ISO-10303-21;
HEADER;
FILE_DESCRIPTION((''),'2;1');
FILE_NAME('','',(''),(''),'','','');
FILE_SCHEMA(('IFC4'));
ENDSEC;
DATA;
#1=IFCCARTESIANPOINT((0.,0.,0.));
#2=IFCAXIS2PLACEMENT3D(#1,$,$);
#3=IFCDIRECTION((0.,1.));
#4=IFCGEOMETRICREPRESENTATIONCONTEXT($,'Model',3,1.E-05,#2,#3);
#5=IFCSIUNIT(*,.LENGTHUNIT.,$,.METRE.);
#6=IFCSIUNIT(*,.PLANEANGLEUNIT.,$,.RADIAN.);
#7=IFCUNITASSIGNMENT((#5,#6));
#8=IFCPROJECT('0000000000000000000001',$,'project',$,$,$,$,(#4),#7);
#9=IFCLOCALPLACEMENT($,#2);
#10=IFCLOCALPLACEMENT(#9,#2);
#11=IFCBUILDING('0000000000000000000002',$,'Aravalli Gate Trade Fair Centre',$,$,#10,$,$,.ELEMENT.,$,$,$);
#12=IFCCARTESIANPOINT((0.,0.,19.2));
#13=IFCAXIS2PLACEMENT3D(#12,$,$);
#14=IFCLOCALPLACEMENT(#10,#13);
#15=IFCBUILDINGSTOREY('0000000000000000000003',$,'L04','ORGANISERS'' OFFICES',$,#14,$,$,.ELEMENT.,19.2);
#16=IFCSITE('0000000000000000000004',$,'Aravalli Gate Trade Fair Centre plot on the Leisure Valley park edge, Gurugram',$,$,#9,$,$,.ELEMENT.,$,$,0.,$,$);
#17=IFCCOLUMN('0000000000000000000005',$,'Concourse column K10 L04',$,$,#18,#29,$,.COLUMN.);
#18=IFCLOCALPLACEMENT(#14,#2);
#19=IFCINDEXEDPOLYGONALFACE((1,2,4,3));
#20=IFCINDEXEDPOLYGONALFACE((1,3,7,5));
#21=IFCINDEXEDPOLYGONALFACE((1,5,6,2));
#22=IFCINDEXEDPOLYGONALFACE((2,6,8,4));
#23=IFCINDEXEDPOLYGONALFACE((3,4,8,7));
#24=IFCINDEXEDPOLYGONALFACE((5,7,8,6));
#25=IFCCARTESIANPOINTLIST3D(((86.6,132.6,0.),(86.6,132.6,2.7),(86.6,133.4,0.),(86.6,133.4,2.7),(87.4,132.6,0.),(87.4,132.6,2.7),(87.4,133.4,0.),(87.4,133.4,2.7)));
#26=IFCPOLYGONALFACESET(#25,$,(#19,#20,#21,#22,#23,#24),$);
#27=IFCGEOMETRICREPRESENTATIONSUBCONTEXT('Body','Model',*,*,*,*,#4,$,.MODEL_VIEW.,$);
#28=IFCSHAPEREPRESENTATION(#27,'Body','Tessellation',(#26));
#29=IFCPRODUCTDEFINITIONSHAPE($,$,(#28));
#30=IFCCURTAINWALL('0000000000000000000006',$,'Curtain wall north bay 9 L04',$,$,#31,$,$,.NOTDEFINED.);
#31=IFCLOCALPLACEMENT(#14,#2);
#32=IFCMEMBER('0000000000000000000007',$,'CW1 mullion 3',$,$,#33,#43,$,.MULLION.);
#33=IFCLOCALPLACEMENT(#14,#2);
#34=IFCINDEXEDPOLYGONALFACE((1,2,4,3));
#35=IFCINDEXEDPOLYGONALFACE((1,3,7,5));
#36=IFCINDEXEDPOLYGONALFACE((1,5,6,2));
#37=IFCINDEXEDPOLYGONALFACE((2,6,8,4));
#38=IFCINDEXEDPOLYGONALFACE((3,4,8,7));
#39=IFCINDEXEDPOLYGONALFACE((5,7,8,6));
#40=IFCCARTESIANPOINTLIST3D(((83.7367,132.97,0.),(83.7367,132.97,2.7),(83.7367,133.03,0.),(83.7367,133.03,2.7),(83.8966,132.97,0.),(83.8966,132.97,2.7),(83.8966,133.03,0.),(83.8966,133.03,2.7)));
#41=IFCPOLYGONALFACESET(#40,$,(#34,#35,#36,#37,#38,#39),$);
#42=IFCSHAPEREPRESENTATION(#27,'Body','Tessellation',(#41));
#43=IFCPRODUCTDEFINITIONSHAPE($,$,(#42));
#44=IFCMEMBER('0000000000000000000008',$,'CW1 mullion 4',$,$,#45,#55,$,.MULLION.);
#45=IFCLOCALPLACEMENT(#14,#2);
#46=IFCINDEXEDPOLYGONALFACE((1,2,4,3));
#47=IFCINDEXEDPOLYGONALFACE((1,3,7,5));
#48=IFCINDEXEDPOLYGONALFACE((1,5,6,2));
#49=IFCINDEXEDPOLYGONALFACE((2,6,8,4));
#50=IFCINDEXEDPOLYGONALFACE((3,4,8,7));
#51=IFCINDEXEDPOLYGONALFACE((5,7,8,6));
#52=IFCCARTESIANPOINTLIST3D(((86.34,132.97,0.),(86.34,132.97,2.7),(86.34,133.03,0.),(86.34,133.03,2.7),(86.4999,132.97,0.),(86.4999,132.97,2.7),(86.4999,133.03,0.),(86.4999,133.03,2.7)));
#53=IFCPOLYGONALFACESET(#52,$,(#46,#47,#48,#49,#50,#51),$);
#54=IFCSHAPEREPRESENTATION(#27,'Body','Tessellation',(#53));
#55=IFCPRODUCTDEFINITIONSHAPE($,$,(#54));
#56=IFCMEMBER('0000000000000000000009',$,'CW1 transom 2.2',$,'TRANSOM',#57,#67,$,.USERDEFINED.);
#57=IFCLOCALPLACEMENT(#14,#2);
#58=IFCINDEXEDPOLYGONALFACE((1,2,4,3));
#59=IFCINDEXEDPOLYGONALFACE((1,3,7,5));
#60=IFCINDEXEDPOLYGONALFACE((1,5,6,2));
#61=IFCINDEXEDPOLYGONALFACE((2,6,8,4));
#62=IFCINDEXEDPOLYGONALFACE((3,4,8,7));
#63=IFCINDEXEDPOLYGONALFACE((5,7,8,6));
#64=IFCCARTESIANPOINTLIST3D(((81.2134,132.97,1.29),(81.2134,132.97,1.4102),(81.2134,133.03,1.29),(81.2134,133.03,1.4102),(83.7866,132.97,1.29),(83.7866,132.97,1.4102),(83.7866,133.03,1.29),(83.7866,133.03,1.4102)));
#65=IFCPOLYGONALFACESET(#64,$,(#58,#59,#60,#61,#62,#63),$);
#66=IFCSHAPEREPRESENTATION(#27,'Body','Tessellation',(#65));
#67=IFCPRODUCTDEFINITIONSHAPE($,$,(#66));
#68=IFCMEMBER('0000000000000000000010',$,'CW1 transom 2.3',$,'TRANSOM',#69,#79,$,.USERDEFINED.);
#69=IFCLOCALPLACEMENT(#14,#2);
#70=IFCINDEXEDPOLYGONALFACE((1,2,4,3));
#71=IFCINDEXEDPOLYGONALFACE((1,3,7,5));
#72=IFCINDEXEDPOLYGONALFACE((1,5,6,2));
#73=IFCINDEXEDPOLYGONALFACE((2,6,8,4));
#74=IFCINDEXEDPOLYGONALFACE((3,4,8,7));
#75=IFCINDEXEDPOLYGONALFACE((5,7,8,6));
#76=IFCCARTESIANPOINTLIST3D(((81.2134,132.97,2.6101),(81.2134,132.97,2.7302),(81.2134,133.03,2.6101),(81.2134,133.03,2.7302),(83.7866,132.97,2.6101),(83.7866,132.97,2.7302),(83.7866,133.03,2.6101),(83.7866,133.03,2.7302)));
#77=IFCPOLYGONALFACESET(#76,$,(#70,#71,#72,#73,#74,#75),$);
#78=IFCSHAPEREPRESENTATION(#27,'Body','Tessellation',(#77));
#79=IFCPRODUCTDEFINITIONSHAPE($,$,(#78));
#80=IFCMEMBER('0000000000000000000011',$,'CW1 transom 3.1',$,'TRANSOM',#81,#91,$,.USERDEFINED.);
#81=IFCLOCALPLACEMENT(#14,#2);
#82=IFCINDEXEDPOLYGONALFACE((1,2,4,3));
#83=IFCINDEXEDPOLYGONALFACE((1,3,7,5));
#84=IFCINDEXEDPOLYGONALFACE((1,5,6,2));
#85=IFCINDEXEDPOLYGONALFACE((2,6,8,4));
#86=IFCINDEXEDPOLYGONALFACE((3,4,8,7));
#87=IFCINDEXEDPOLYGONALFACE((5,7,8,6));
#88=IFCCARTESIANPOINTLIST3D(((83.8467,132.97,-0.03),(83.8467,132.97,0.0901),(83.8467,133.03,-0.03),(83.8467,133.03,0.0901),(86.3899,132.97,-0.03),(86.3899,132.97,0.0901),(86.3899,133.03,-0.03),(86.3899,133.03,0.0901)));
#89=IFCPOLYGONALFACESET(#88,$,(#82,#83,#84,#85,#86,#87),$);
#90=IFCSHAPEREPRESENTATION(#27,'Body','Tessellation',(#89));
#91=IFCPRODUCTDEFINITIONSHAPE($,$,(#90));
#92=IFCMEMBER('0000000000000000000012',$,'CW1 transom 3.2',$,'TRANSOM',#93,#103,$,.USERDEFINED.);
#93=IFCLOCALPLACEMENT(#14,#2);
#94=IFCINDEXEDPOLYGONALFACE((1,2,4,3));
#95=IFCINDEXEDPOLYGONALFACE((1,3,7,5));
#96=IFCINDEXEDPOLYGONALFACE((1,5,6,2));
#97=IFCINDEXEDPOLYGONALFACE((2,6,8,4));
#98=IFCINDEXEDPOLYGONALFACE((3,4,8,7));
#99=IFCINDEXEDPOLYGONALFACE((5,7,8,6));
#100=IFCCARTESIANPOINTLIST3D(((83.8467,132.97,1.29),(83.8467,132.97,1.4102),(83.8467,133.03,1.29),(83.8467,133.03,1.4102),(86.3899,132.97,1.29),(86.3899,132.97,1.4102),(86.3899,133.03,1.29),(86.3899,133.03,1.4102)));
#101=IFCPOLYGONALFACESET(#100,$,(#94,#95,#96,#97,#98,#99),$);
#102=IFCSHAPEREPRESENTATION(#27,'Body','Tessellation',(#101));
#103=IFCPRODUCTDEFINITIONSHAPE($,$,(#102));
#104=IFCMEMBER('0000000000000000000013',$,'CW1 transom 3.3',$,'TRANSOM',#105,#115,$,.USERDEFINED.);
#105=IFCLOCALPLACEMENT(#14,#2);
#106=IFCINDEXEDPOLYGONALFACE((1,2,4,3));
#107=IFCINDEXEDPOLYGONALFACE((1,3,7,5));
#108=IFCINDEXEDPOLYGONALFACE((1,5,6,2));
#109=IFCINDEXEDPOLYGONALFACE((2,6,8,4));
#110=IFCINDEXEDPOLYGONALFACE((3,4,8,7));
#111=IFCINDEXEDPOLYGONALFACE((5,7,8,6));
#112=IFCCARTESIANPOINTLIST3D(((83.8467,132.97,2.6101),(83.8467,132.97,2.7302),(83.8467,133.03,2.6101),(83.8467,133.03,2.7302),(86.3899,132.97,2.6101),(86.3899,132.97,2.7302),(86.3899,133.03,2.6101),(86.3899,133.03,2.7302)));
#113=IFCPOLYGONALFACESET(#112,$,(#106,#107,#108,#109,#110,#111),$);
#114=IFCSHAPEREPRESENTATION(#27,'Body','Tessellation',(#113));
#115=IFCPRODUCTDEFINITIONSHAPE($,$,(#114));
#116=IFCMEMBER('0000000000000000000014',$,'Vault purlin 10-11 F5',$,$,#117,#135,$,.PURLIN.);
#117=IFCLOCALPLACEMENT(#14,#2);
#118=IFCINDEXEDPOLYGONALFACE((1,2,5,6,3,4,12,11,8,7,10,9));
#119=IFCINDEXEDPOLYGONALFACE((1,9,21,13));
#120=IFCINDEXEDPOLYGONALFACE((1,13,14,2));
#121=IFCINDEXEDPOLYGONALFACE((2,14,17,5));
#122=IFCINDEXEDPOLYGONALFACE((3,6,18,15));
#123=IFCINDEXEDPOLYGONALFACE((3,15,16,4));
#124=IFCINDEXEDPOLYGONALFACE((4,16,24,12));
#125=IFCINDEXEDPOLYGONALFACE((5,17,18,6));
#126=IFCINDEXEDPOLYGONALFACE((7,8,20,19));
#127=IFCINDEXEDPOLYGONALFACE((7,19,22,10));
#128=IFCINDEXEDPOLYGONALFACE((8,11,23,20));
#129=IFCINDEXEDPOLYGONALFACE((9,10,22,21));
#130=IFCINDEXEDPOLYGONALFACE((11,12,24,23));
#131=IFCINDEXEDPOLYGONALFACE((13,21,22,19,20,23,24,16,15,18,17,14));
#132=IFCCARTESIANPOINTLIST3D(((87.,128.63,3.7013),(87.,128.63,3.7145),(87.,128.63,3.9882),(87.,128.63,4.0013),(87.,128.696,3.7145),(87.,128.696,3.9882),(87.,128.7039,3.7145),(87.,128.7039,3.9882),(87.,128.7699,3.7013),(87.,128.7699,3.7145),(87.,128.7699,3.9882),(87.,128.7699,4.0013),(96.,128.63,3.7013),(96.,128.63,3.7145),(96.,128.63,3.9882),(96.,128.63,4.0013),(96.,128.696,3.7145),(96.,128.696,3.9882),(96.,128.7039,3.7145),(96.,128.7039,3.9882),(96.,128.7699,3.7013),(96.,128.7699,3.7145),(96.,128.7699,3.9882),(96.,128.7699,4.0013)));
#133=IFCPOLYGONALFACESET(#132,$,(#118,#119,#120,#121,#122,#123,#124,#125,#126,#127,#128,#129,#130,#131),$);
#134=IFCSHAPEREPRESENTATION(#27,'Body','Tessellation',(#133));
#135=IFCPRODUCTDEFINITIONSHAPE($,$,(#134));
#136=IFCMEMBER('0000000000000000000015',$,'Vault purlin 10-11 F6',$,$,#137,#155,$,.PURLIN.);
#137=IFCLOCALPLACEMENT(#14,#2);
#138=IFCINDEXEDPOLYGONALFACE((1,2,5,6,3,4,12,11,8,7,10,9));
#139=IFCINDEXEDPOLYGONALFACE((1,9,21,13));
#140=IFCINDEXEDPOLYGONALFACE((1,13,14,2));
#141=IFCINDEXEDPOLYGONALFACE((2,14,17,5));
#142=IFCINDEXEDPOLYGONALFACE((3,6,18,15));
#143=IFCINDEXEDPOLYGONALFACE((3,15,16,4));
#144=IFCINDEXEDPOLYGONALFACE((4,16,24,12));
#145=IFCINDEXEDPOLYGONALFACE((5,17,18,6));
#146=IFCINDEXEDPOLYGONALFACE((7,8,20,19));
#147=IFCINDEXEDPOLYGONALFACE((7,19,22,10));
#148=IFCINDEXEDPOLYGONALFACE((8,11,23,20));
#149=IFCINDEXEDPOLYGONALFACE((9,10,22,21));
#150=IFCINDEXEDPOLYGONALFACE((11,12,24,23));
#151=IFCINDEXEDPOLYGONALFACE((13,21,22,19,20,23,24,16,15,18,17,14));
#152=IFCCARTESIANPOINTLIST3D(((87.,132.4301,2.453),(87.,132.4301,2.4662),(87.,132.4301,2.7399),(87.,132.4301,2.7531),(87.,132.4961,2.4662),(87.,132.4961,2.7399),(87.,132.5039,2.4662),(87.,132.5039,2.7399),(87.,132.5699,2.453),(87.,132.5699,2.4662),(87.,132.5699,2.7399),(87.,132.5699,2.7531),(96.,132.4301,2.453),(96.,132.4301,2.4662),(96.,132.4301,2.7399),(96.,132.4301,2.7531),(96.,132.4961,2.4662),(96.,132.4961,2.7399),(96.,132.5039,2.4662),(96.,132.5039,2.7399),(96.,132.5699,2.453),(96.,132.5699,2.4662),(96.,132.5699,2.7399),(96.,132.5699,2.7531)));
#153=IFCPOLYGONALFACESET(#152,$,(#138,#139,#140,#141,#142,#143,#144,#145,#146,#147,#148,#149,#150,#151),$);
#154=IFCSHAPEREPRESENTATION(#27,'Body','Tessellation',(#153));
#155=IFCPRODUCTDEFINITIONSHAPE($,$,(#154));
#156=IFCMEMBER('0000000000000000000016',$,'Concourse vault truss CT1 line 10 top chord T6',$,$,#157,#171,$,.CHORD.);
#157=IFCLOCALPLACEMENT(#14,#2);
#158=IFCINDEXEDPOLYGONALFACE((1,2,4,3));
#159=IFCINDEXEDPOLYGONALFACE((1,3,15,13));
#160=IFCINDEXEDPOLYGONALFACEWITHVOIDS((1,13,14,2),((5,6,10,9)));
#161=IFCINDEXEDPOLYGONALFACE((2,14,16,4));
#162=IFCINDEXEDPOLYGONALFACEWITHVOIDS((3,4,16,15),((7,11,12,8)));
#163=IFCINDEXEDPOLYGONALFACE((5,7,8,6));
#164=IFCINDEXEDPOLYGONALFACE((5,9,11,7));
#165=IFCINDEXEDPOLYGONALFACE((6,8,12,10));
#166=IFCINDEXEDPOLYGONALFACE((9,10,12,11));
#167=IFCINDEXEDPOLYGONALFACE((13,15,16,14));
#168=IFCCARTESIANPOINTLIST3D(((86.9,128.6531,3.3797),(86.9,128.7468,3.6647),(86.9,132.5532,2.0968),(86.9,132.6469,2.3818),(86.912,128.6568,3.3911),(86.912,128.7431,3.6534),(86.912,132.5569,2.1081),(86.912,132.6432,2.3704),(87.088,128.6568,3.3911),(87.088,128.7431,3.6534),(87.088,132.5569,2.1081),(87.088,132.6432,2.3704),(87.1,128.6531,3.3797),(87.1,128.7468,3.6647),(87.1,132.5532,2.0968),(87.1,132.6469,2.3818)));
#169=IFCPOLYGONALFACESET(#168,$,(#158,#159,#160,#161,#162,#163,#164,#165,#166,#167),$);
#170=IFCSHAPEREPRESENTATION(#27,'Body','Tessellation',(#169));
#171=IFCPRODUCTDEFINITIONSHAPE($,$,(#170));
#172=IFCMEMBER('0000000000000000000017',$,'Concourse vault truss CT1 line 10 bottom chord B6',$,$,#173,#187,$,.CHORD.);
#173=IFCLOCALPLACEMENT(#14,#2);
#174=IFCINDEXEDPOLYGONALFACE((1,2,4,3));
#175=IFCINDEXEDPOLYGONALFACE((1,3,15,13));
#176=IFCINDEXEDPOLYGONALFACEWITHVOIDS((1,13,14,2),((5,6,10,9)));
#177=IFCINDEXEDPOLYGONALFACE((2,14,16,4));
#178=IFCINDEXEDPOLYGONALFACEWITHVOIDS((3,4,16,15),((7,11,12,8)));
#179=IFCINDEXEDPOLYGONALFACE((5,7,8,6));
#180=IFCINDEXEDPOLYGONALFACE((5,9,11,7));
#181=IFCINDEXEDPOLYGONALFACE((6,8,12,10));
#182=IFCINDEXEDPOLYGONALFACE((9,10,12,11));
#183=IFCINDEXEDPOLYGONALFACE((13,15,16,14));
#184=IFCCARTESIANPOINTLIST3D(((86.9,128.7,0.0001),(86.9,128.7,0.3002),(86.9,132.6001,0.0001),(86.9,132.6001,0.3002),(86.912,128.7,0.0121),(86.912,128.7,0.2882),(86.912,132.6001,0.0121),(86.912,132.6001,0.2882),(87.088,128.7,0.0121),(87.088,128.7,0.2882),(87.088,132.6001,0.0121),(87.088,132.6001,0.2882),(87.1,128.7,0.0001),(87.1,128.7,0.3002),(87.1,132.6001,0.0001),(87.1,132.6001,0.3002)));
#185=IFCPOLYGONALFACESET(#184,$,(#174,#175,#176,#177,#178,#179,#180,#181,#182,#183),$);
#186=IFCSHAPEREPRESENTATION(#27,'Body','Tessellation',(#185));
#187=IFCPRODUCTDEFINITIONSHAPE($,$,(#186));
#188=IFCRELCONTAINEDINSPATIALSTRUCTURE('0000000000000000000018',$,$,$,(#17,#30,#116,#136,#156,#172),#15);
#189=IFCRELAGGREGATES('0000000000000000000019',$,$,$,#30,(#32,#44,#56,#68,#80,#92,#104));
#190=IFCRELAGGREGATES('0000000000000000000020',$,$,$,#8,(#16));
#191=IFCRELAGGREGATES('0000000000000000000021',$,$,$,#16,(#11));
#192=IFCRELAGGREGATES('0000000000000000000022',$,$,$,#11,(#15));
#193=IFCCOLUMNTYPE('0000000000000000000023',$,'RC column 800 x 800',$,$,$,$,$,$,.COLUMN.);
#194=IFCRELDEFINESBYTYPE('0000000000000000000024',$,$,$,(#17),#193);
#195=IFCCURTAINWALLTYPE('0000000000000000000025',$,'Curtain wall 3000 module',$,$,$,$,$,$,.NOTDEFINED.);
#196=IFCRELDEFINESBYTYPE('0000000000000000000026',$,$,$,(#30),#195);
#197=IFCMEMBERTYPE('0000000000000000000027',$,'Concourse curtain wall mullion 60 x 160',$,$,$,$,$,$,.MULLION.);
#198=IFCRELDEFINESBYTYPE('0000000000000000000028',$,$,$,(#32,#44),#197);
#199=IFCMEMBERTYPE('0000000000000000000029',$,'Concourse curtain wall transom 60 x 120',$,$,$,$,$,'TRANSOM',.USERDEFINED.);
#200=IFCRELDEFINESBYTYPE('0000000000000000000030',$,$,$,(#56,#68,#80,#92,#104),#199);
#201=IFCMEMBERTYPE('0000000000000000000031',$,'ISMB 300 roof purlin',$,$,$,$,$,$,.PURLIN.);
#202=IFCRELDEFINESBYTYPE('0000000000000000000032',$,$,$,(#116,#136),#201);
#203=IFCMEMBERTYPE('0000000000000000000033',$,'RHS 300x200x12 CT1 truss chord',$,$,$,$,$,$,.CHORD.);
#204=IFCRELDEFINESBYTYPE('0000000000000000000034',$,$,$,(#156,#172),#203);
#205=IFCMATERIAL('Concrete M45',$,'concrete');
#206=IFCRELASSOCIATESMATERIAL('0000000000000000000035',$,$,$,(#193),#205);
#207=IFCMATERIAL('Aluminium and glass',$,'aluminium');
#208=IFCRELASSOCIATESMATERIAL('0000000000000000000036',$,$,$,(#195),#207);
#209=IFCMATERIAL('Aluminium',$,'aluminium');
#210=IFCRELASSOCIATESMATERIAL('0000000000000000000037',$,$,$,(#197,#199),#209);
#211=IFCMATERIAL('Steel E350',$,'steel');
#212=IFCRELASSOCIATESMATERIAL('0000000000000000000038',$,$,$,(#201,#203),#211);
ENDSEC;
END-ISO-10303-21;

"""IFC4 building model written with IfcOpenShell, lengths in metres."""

from ifc_helpers import new_model, si_unit, direction, frame, origin, origin_2d, place, context, subcontext, project, spatial, rectangle, hollow_rectangle, i_section, extrude, material, material_profile, profile_set, type_object, element, aggregate, save


model = new_model("IFC4")

# Units and contexts
model_context = context("Model", 3, precision=1e-05, world=origin(), true_north=direction((0.0, 1.0)))
body_context = subcontext(model_context, "Body", "Model", "MODEL_VIEW")
ifc_project = project(units=[si_unit("LENGTHUNIT", "METRE"), si_unit("PLANEANGLEUNIT", "RADIAN")], contexts=[model_context])

# Site, building, storey
site_placement = place(None, origin())
site = spatial("IfcSite", under=ifc_project, at=site_placement, Name="Aravalli Gate Trade Fair Centre plot on the Leisure Valley park edge, Gurugram", CompositionType="ELEMENT", RefElevation=0.0)
building_placement = place(site_placement, origin())
building = spatial("IfcBuilding", under=site, at=building_placement, Name="Aravalli Gate Trade Fair Centre", CompositionType="ELEMENT")
storey_placement = place(building_placement, frame((0.0, 0.0, 19.2)))
storey = spatial("IfcBuildingStorey", under=building, at=storey_placement, Name="L04", Description="ORGANISERS' OFFICES", CompositionType="ELEMENT", Elevation=19.2)

# Column
ifc_material_1 = material(Name="Concrete M45", Category="concrete")
ifc_material_profile_1 = material_profile(ifc_material_1, rectangle(XDim=0.8, YDim=0.8, at=origin_2d()), Name="RC column 800 x 800")
ifc_profile_set_1 = profile_set([ifc_material_profile_1], Name="Concrete M45")
column_type = type_object("IfcColumnType", Name="RC column 800 x 800", PredefinedType="COLUMN", material=ifc_profile_set_1)
column_placement = place(storey_placement, frame((87.0, 133.0, 0.0), z_axis=(0.0, 0.0, 1.0), x_axis=(1.0, 0.0, 0.0)))
element("IfcColumn", 1, at=column_placement, inside=storey, type_object=column_type, Name="Concourse column K10 L04", PredefinedType="COLUMN", context=body_context, shape_type="SweptSolid", body=[
    extrude(rectangle(XDim=0.8, YDim=0.8, at=origin_2d()), origin(), (0.0, 0.0, 1.0), 2.7),
])

# Curtain wall, members
ifc_material_2 = material(Name="Aluminium and glass", Category="aluminium")
curtain_wall_type_1 = type_object("IfcCurtainWallType", Name="Curtain wall 3000 module", PredefinedType="NOTDEFINED", material=ifc_material_2)
curtain_wall_1_placement = place(storey_placement, origin())
curtain_wall_1 = element("IfcCurtainWall", 2, at=curtain_wall_1_placement, inside=storey, type_object=curtain_wall_type_1, Name="Curtain wall north bay 9 L04", PredefinedType="NOTDEFINED")
ifc_material_3 = material(Name="Aluminium", Category="aluminium")
ifc_material_profile_2 = material_profile(ifc_material_3, rectangle(XDim=0.0601, YDim=0.1599, at=origin_2d()), Name="Concourse curtain wall mullion 60 x 160")
ifc_profile_set_2 = profile_set([ifc_material_profile_2], Name="Aluminium")
member_type_1 = type_object("IfcMemberType", Name="Concourse curtain wall mullion 60 x 160", PredefinedType="MULLION", material=ifc_profile_set_2)
member_1_placement = place(storey_placement, frame((83.8167, 133.0, 0.0), z_axis=(0.0, 0.0, 1.0), x_axis=(0.0, 1.0, 0.0)))
member_1 = element("IfcMember", 3, at=member_1_placement, type_object=member_type_1, Name="CW1 mullion 3", PredefinedType="MULLION", context=body_context, shape_type="SweptSolid", body=[
    extrude(rectangle(XDim=0.0601, YDim=0.1599, at=origin_2d()), origin(), (0.0, 0.0, 1.0), 2.7),
])
member_2_placement = place(storey_placement, frame((86.4199, 133.0, 0.0), z_axis=(0.0, 0.0, 1.0), x_axis=(0.0, 1.0, 0.0)))
member_2 = element("IfcMember", 4, at=member_2_placement, type_object=member_type_1, Name="CW1 mullion 4", PredefinedType="MULLION", context=body_context, shape_type="SweptSolid", body=[
    extrude(rectangle(XDim=0.0601, YDim=0.1599, at=origin_2d()), origin(), (0.0, 0.0, 1.0), 2.7),
])
ifc_material_profile_3 = material_profile(ifc_material_3, rectangle(XDim=0.0601, YDim=0.1201, at=origin_2d()), Name="Concourse curtain wall transom 60 x 120")
ifc_profile_set_3 = profile_set([ifc_material_profile_3], Name="Aluminium")
member_type_2 = type_object("IfcMemberType", Name="Concourse curtain wall transom 60 x 120", ElementType="TRANSOM", PredefinedType="USERDEFINED", material=ifc_profile_set_3)
member_3_placement = place(storey_placement, frame((81.2134, 133.0, 1.3501), z_axis=(1.0, 0.0, 0.0), x_axis=(0.0, 1.0, 0.0)))
member_3 = element("IfcMember", 5, at=member_3_placement, type_object=member_type_2, Name="CW1 transom 2.2", ObjectType="TRANSOM", PredefinedType="USERDEFINED", context=body_context, shape_type="SweptSolid", body=[
    extrude(rectangle(XDim=0.0601, YDim=0.1201, at=origin_2d()), origin(), (0.0, 0.0, 1.0), 2.5732),
])
member_4_placement = place(storey_placement, frame((81.2134, 133.0, 2.6702), z_axis=(1.0, 0.0, 0.0), x_axis=(0.0, 1.0, 0.0)))
member_4 = element("IfcMember", 6, at=member_4_placement, type_object=member_type_2, Name="CW1 transom 2.3", ObjectType="TRANSOM", PredefinedType="USERDEFINED", context=body_context, shape_type="SweptSolid", body=[
    extrude(rectangle(XDim=0.0601, YDim=0.1201, at=origin_2d()), origin(), (0.0, 0.0, 1.0), 2.5732),
])
member_5_placement = place(storey_placement, frame((83.8467, 133.0, 0.03), z_axis=(1.0, 0.0, 0.0), x_axis=(0.0, 1.0, 0.0)))
member_5 = element("IfcMember", 7, at=member_5_placement, type_object=member_type_2, Name="CW1 transom 3.1", ObjectType="TRANSOM", PredefinedType="USERDEFINED", context=body_context, shape_type="SweptSolid", body=[
    extrude(rectangle(XDim=0.0601, YDim=0.1201, at=origin_2d()), origin(), (0.0, 0.0, 1.0), 2.5432),
])
member_6_placement = place(storey_placement, frame((83.8467, 133.0, 1.3501), z_axis=(1.0, 0.0, 0.0), x_axis=(0.0, 1.0, 0.0)))
member_6 = element("IfcMember", 8, at=member_6_placement, type_object=member_type_2, Name="CW1 transom 3.2", ObjectType="TRANSOM", PredefinedType="USERDEFINED", context=body_context, shape_type="SweptSolid", body=[
    extrude(rectangle(XDim=0.0601, YDim=0.1201, at=origin_2d()), origin(), (0.0, 0.0, 1.0), 2.5432),
])
member_7_placement = place(storey_placement, frame((83.8467, 133.0, 2.6702), z_axis=(1.0, 0.0, 0.0), x_axis=(0.0, 1.0, 0.0)))
member_7 = element("IfcMember", 9, at=member_7_placement, type_object=member_type_2, Name="CW1 transom 3.3", ObjectType="TRANSOM", PredefinedType="USERDEFINED", context=body_context, shape_type="SweptSolid", body=[
    extrude(rectangle(XDim=0.0601, YDim=0.1201, at=origin_2d()), origin(), (0.0, 0.0, 1.0), 2.5432),
])

# Members
ifc_material_4 = material(Name="Steel E350", Category="steel")
ifc_material_profile_4 = material_profile(ifc_material_4, i_section(OverallWidth=0.1399, OverallDepth=0.3, WebThickness=0.0078, FlangeThickness=0.0132, at=origin_2d()), Name="ISMB 300")
ifc_profile_set_4 = profile_set([ifc_material_profile_4], Name="Steel E350")
member_type_3 = type_object("IfcMemberType", Name="ISMB 300 roof purlin", PredefinedType="PURLIN", material=ifc_profile_set_4)
for number, where, z_axis, x_axis, name in (
    (10, (87.0, 128.7, 3.8513), (1.0, 0.0, 0.0), (0.0, 1.0, 0.0), "Vault purlin 10-11 F5"),
    (11, (87.0, 132.5, 2.603), (1.0, 0.0, 0.0), (0.0, 1.0, 0.0), "Vault purlin 10-11 F6"),
):
    element("IfcMember", number, at=place(storey_placement, frame(where, z_axis=z_axis, x_axis=x_axis)), inside=storey, type_object=member_type_3, Name=name, PredefinedType="PURLIN", context=body_context, shape_type="SweptSolid", body=[
        extrude(i_section(OverallWidth=0.1399, OverallDepth=0.3, WebThickness=0.0078, FlangeThickness=0.0132, at=origin_2d()), origin(), (0.0, 0.0, 1.0), 9.0),
    ])
ifc_material_profile_5 = material_profile(ifc_material_4, hollow_rectangle(XDim=0.2, YDim=0.3, WallThickness=0.012, at=origin_2d()), Name="RHS 300x200x12")
ifc_profile_set_5 = profile_set([ifc_material_profile_5], Name="Steel E350")
member_type_4 = type_object("IfcMemberType", Name="RHS 300x200x12 CT1 truss chord", PredefinedType="CHORD", material=ifc_profile_set_5)
member_8_placement = place(storey_placement, frame((87.0, 128.7, 3.5222), z_axis=(0.0, 0.949925, -0.312479), x_axis=(-1.0, 0.0, 0.0)))
element("IfcMember", 12, at=member_8_placement, inside=storey, type_object=member_type_4, Name="Concourse vault truss CT1 line 10 top chord T6", PredefinedType="CHORD", context=body_context, shape_type="SweptSolid", body=[
    extrude(hollow_rectangle(XDim=0.2, YDim=0.3, WallThickness=0.012, at=origin_2d()), origin(), (0.0, 0.0, 1.0), 4.1057),
])
member_9_placement = place(storey_placement, frame((87.0, 128.7, 0.1501), z_axis=(0.0, 1.0, 0.0), x_axis=(-1.0, 0.0, 0.0)))
element("IfcMember", 13, at=member_9_placement, inside=storey, type_object=member_type_4, Name="Concourse vault truss CT1 line 10 bottom chord B6", PredefinedType="CHORD", context=body_context, shape_type="SweptSolid", body=[
    extrude(hollow_rectangle(XDim=0.2, YDim=0.3, WallThickness=0.012, at=origin_2d()), origin(), (0.0, 0.0, 1.0), 3.9001),
])

aggregate(curtain_wall_1, [member_1, member_2, member_3, member_4, member_5, member_6, member_7])

save(model, "model.ifc")
